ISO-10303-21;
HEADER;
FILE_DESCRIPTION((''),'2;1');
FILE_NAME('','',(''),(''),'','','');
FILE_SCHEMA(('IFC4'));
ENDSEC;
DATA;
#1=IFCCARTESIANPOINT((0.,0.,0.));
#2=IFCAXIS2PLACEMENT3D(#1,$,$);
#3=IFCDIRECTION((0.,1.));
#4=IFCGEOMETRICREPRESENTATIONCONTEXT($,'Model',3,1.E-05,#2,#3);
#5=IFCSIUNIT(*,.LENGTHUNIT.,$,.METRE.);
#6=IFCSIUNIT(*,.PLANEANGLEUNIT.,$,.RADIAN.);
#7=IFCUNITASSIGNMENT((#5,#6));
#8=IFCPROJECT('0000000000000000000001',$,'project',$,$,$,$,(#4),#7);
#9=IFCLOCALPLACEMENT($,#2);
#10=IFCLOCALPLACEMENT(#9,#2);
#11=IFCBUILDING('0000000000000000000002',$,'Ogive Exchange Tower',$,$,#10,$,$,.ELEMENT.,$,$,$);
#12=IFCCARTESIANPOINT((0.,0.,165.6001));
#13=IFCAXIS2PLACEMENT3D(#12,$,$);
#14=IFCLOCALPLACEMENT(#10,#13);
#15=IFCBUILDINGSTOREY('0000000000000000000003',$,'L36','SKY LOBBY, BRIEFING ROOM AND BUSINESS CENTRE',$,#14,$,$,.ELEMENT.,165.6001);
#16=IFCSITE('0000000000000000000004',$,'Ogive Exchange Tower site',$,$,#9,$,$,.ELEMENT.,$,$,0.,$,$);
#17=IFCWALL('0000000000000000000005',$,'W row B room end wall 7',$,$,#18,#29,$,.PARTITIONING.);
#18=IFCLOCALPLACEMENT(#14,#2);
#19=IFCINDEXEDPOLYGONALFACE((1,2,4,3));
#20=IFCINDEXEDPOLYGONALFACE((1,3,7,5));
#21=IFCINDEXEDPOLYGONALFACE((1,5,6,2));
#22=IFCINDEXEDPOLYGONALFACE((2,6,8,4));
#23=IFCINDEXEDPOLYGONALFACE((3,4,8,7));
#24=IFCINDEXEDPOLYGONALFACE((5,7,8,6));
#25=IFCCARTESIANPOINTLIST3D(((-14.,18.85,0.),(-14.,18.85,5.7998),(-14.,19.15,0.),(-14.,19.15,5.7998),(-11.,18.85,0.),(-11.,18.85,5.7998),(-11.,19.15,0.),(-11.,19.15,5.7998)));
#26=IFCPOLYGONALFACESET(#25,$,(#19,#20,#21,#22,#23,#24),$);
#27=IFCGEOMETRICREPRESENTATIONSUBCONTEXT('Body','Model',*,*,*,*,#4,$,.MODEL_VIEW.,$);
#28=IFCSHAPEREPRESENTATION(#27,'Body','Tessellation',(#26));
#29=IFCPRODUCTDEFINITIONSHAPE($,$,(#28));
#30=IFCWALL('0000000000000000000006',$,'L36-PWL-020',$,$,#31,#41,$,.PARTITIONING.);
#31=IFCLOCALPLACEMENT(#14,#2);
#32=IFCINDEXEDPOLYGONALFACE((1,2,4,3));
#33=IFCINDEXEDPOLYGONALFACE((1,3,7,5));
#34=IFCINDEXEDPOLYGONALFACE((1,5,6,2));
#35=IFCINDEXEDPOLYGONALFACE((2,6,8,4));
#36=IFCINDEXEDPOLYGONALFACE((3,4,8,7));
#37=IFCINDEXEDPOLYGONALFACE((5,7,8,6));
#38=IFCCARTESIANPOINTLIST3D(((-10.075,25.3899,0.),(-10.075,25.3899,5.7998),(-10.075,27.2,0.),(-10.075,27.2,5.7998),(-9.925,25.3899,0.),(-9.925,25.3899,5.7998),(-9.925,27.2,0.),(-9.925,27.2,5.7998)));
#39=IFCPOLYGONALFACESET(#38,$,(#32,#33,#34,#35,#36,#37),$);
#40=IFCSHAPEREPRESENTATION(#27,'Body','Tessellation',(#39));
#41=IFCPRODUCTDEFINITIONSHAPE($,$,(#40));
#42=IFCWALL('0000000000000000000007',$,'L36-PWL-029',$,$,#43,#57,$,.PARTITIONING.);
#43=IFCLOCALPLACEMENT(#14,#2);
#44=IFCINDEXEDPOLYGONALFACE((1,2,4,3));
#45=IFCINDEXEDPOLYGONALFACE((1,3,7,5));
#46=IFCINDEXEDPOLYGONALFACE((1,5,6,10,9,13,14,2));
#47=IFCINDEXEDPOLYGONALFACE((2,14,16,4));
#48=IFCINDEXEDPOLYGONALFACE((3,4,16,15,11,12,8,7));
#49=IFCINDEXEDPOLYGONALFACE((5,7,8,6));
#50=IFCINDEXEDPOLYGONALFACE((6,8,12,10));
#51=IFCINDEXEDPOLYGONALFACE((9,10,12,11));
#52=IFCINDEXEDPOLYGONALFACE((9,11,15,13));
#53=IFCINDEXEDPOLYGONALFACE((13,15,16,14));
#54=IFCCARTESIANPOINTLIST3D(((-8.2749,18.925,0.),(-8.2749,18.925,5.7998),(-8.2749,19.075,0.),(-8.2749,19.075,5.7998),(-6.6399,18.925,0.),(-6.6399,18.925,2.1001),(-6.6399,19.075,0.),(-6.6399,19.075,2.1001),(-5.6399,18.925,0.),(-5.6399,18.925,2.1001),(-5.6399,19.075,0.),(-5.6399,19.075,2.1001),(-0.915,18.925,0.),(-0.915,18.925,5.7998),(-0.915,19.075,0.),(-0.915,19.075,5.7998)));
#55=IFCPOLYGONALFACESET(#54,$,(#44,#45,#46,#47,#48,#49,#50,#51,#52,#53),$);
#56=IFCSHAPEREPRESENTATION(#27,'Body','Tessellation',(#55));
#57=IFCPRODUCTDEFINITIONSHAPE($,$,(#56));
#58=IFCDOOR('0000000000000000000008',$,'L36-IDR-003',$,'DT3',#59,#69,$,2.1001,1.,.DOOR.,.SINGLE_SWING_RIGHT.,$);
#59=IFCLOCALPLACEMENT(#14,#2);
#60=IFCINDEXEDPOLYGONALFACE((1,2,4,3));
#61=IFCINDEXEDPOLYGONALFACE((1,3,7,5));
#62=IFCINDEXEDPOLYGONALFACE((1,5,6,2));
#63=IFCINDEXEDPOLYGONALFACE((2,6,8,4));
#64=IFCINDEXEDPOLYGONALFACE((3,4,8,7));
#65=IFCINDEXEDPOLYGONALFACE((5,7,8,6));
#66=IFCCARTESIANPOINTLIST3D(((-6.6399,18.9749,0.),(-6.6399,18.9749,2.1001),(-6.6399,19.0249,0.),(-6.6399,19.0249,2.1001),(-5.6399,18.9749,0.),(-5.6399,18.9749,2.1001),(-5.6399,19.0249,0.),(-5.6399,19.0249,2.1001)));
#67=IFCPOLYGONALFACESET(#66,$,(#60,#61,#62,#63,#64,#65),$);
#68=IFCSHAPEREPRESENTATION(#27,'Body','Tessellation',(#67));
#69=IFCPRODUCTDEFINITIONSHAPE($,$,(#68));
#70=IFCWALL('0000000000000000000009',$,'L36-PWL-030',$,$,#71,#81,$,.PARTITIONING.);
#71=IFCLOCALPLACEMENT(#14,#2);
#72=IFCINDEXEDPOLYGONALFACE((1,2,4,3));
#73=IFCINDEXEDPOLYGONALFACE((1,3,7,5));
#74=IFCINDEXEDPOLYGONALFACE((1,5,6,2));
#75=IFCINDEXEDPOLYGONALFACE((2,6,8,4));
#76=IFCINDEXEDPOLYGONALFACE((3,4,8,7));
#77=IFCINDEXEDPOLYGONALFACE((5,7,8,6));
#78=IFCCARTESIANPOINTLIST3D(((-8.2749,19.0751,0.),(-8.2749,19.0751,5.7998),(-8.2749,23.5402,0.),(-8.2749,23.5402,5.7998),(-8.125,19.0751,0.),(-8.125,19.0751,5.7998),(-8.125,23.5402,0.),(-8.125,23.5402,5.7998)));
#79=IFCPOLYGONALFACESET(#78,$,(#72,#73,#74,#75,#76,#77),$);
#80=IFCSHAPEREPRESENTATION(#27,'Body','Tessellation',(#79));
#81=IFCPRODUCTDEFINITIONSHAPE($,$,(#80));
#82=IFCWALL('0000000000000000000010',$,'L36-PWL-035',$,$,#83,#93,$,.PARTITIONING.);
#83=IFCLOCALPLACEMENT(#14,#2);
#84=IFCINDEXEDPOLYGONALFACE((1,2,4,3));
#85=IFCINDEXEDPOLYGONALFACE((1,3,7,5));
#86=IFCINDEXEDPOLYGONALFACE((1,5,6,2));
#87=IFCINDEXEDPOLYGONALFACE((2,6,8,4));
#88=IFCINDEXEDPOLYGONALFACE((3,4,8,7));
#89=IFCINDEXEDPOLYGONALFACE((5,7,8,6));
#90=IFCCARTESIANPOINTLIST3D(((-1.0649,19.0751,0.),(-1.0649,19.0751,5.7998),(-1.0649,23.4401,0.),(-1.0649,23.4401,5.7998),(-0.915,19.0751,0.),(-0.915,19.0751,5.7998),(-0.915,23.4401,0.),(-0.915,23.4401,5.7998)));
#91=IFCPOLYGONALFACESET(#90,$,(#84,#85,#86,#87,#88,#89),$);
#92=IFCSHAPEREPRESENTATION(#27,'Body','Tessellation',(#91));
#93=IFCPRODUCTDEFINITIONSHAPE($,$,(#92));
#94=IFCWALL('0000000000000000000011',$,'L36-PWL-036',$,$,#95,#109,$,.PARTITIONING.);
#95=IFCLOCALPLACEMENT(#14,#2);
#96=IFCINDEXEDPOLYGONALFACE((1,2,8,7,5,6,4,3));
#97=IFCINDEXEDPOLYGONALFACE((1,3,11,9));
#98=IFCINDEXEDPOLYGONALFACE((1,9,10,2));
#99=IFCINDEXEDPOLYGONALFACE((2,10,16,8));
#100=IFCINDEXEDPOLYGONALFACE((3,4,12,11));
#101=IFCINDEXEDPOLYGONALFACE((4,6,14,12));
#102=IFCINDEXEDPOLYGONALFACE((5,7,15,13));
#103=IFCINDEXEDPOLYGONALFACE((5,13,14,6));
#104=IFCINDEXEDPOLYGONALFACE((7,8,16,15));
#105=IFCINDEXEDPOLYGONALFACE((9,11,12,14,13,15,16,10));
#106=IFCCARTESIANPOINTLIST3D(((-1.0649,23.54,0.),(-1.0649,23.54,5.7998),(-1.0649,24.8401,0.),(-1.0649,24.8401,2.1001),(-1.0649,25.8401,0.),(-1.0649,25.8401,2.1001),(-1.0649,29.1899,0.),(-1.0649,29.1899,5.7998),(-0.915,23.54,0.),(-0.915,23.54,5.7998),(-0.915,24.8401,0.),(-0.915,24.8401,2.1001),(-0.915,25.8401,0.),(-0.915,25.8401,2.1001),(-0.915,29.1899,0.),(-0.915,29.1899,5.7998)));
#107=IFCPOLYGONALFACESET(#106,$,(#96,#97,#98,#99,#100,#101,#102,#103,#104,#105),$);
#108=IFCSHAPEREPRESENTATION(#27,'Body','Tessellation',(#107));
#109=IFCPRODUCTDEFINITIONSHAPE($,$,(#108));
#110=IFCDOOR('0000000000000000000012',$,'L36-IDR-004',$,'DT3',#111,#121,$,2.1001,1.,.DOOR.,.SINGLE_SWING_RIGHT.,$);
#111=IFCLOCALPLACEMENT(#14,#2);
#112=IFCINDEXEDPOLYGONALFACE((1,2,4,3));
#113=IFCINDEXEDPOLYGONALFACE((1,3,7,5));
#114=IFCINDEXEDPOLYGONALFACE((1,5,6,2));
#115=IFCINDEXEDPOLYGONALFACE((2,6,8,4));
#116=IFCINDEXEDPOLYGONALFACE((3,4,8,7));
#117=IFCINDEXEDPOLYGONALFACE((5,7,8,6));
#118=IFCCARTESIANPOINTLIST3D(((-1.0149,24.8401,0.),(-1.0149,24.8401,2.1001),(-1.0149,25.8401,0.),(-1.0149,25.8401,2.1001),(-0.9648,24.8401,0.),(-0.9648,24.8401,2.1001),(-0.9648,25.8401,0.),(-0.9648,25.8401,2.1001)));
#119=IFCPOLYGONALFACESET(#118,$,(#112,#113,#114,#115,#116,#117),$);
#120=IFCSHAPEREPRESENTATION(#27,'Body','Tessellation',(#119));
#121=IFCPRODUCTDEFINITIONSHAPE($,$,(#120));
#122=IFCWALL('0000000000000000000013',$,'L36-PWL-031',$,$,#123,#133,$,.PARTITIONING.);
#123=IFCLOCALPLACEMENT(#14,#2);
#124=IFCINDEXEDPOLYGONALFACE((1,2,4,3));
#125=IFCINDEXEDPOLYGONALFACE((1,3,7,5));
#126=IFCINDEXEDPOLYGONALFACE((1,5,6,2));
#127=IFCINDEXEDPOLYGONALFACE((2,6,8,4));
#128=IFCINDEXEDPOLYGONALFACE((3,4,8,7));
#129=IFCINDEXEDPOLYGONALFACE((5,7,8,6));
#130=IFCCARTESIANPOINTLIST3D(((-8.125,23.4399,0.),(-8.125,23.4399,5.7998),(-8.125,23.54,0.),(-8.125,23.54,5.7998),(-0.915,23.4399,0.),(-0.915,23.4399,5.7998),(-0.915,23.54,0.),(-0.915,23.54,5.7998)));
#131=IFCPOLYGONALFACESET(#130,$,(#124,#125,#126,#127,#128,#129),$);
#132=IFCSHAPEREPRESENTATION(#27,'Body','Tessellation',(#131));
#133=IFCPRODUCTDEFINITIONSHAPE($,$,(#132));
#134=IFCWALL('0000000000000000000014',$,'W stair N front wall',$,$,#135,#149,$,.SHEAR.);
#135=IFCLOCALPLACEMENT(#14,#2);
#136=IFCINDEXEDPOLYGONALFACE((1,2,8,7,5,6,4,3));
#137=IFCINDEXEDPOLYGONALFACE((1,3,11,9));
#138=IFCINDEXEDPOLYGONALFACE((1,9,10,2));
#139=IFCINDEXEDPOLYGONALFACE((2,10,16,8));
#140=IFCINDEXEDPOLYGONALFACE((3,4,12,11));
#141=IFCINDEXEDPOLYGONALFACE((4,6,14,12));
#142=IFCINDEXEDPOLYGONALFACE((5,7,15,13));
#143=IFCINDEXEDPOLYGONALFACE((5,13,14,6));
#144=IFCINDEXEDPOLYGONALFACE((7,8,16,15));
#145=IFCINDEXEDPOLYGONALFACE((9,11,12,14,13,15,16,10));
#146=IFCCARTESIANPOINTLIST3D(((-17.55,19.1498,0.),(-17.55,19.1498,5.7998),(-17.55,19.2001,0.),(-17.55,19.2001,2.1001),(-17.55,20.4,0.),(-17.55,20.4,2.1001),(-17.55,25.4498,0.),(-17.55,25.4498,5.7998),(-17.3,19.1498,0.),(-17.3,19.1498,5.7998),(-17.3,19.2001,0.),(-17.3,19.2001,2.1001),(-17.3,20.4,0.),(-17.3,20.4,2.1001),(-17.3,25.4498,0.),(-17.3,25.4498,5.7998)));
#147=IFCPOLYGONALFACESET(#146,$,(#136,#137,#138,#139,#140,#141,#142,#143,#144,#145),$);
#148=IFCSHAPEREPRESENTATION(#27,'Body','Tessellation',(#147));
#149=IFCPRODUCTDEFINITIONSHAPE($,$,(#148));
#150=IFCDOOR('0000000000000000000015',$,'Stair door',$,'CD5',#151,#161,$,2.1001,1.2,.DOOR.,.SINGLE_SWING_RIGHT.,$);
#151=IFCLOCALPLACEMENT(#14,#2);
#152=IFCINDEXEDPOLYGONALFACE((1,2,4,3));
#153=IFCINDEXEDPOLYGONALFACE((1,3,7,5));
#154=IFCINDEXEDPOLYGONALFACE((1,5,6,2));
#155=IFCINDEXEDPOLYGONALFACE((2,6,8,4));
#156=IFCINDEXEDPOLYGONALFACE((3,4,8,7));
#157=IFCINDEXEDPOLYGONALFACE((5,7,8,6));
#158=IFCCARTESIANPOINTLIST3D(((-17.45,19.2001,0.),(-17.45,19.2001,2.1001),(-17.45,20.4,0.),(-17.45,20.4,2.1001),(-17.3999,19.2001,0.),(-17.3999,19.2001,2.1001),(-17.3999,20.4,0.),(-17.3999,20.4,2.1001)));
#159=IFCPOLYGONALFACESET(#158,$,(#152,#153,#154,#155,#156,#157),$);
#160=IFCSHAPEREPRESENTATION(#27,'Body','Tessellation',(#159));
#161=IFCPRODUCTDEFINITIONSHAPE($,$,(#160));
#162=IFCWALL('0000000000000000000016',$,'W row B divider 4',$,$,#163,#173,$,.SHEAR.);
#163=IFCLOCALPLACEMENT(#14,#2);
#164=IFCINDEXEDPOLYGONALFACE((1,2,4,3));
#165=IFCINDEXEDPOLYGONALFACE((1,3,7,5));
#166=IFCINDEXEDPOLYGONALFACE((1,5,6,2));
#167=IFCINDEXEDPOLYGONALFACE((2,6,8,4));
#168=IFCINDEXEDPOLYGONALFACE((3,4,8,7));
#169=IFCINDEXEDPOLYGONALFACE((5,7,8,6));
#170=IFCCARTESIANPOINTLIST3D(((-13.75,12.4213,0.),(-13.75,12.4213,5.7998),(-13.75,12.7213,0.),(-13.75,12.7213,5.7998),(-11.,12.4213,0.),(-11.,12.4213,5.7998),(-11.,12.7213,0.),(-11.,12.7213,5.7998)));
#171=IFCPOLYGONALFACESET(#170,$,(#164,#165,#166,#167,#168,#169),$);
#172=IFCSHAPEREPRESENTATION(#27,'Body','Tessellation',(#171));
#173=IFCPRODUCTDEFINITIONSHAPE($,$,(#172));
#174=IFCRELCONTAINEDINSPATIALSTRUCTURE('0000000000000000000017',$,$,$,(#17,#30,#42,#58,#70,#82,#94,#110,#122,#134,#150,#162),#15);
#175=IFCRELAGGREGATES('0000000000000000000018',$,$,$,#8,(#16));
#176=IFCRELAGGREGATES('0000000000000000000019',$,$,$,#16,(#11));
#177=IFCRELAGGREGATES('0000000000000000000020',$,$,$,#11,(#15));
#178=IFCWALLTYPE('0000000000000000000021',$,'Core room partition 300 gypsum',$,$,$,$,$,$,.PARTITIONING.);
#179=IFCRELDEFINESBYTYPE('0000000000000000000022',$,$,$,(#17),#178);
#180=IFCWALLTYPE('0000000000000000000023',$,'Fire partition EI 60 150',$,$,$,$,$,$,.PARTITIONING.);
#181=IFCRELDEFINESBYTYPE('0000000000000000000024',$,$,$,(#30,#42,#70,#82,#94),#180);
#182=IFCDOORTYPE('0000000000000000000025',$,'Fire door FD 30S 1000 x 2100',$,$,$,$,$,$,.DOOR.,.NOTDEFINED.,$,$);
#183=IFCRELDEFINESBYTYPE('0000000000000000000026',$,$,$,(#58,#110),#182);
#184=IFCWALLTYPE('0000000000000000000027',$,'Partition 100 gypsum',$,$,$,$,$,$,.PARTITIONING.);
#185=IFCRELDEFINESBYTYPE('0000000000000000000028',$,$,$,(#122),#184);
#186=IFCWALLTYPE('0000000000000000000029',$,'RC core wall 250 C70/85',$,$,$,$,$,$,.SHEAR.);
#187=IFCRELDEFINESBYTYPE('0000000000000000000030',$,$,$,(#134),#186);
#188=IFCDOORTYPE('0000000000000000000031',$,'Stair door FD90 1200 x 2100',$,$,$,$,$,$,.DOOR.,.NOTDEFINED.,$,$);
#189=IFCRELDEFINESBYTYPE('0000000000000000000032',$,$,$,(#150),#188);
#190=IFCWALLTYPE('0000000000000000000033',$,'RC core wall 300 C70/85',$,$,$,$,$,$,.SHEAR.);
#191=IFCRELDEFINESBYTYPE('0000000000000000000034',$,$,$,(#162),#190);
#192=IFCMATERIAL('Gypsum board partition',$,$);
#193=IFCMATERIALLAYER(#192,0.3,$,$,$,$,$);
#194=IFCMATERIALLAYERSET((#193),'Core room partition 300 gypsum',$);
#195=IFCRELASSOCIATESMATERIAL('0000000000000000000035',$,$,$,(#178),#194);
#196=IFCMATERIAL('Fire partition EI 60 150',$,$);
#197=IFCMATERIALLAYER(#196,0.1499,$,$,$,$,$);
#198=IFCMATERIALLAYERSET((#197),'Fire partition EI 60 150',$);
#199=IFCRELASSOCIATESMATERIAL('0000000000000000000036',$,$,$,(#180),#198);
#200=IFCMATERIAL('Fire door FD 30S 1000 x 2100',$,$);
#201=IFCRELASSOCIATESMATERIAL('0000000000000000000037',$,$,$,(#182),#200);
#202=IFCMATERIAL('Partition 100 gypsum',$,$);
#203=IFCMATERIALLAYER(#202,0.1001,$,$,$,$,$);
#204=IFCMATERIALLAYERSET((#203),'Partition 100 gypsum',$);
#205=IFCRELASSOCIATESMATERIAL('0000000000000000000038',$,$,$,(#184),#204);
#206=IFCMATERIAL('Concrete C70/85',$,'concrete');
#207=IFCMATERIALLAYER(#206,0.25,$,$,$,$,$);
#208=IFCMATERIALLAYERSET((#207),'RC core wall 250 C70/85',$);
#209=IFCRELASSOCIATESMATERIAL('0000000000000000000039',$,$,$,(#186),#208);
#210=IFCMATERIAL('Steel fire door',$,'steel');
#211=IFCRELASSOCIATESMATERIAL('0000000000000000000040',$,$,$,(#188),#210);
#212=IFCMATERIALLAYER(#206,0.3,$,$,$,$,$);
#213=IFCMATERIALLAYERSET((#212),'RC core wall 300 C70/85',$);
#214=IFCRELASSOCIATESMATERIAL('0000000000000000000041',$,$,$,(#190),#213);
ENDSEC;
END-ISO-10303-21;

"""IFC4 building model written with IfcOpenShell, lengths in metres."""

from ifc_helpers import new_model, si_unit, direction, frame, frame_2d, origin, place, context, subcontext, project, spatial, rectangle, extrude, material, layer, layer_set, type_object, element, fill, save


model = new_model("IFC4")

# Units and contexts
model_context = context("Model", 3, precision=1e-05, world=origin(), true_north=direction((0.0, 1.0)))
body_context = subcontext(model_context, "Body", "Model", "MODEL_VIEW")
ifc_project = project(units=[si_unit("LENGTHUNIT", "METRE"), si_unit("PLANEANGLEUNIT", "RADIAN")], contexts=[model_context])

# Site, building, storey
site_placement = place(None, origin())
site = spatial("IfcSite", under=ifc_project, at=site_placement, Name="Ogive Exchange Tower site", CompositionType="ELEMENT", RefElevation=0.0)
building_placement = place(site_placement, origin())
building = spatial("IfcBuilding", under=site, at=building_placement, Name="Ogive Exchange Tower", CompositionType="ELEMENT")
storey_placement = place(building_placement, frame((0.0, 0.0, 165.6001)))
storey = spatial("IfcBuildingStorey", under=building, at=storey_placement, Name="L36", Description="SKY LOBBY, BRIEFING ROOM AND BUSINESS CENTRE", CompositionType="ELEMENT", Elevation=165.6001)

# Walls
ifc_material_1 = material(Name="Gypsum board partition")
ifc_layer_1 = layer(ifc_material_1, 0.3)
ifc_layer_set_1 = layer_set([ifc_layer_1], Name="Core room partition 300 gypsum")
wall_type_1 = type_object("IfcWallType", Name="Core room partition 300 gypsum", PredefinedType="PARTITIONING", material=ifc_layer_set_1)
wall_1_placement = place(storey_placement, frame((-14.0, 19.0, 0.0), z_axis=(0.0, 0.0, 1.0), x_axis=(1.0, 0.0, 0.0)))
element("IfcWall", 1, at=wall_1_placement, inside=storey, type_object=wall_type_1, Name="W row B room end wall 7", PredefinedType="PARTITIONING", context=body_context, shape_type="SweptSolid", body=[
    extrude(rectangle(XDim=3.0, YDim=0.3, at=frame_2d((1.5, 0.0))), origin(), (0.0, 0.0, 1.0), 5.7998),
])
ifc_material_2 = material(Name="Fire partition EI 60 150")
ifc_layer_2 = layer(ifc_material_2, 0.1499)
ifc_layer_set_2 = layer_set([ifc_layer_2], Name="Fire partition EI 60 150")
wall_type_2 = type_object("IfcWallType", Name="Fire partition EI 60 150", PredefinedType="PARTITIONING", material=ifc_layer_set_2)
wall_2_placement = place(storey_placement, frame((-10.0, 25.3899, 0.0), z_axis=(0.0, 0.0, 1.0), x_axis=(0.0, 1.0, 0.0)))
element("IfcWall", 2, at=wall_2_placement, inside=storey, type_object=wall_type_2, Name="L36-PWL-020", PredefinedType="PARTITIONING", context=body_context, shape_type="SweptSolid", body=[
    extrude(rectangle(XDim=1.8101, YDim=0.1499, at=frame_2d((0.905, 0.0))), origin(), (0.0, 0.0, 1.0), 5.7998),
])

# Wall, opening, door
wall_3_placement = place(storey_placement, frame((-8.2749, 19.0, 0.0), z_axis=(0.0, 0.0, 1.0), x_axis=(1.0, 0.0, 0.0)))
wall_3 = element("IfcWall", 3, at=wall_3_placement, inside=storey, type_object=wall_type_2, Name="L36-PWL-029", PredefinedType="PARTITIONING", context=body_context, shape_type="SweptSolid", body=[
    extrude(rectangle(XDim=7.3599, YDim=0.1499, at=frame_2d((3.6799, 0.0))), origin(), (0.0, 0.0, 1.0), 5.7998),
])
opening_1_placement = place(wall_3_placement, frame((1.635, 0.0, 0.0)))
opening_1 = element("IfcOpeningElement", 4, at=opening_1_placement, cuts=wall_3, PredefinedType="OPENING", context=body_context, shape_type="SweptSolid", body=[
    extrude(rectangle(XDim=1.0, YDim=2.1001, at=frame_2d((0.5, 1.05))), frame((0.0, 0.085, 0.0), z_axis=(0.0, -1.0, 0.0), x_axis=(1.0, 0.0, 0.0)), (0.0, 0.0, 1.0), 0.1699),
])
ifc_material_3 = material(Name="Fire door FD 30S 1000 x 2100")
door_type_1 = type_object("IfcDoorType", Name="Fire door FD 30S 1000 x 2100", OperationType="NOTDEFINED", PredefinedType="DOOR", material=ifc_material_3)
door_1_placement = place(opening_1_placement, origin())
door_1 = element("IfcDoor", 5, at=door_1_placement, inside=storey, type_object=door_type_1, Name="L36-IDR-003", ObjectType="DT3", OperationType="SINGLE_SWING_RIGHT", OverallHeight=2.1001, OverallWidth=1.0, PredefinedType="DOOR", context=body_context, shape_type="SweptSolid", body=[
    extrude(rectangle(XDim=1.0, YDim=2.1001, at=frame_2d((0.5, 1.05))), frame((0.0, 0.0249, 0.0), z_axis=(0.0, -1.0, 0.0), x_axis=(1.0, 0.0, 0.0)), (0.0, 0.0, 1.0), 0.05),
])
fill(opening_1, door_1)

# Walls
wall_4_placement = place(storey_placement, frame((-8.2, 23.54, 0.0), z_axis=(0.0, 0.0, 1.0), x_axis=(0.0, -1.0, 0.0)))
element("IfcWall", 6, at=wall_4_placement, inside=storey, type_object=wall_type_2, Name="L36-PWL-030", PredefinedType="PARTITIONING", context=body_context, shape_type="SweptSolid", body=[
    extrude(rectangle(XDim=4.4651, YDim=0.1499, at=frame_2d((2.2324, 0.0))), origin(), (0.0, 0.0, 1.0), 5.7998),
])
wall_5_placement = place(storey_placement, frame((-0.99, 19.075, 0.0), z_axis=(0.0, 0.0, 1.0), x_axis=(0.0, 1.0, 0.0)))
element("IfcWall", 7, at=wall_5_placement, inside=storey, type_object=wall_type_2, Name="L36-PWL-035", PredefinedType="PARTITIONING", context=body_context, shape_type="SweptSolid", body=[
    extrude(rectangle(XDim=4.365, YDim=0.1499, at=frame_2d((2.1826, 0.0))), origin(), (0.0, 0.0, 1.0), 5.7998),
])

# Wall, opening, door
wall_6_placement = place(storey_placement, frame((-0.99, 23.54, 0.0), z_axis=(0.0, 0.0, 1.0), x_axis=(0.0, 1.0, 0.0)))
wall_6 = element("IfcWall", 8, at=wall_6_placement, inside=storey, type_object=wall_type_2, Name="L36-PWL-036", PredefinedType="PARTITIONING", context=body_context, shape_type="SweptSolid", body=[
    extrude(rectangle(XDim=5.6499, YDim=0.1499, at=frame_2d((2.825, 0.0))), origin(), (0.0, 0.0, 1.0), 5.7998),
])
opening_2_placement = place(wall_6_placement, frame((1.3, 0.0, 0.0)))
opening_2 = element("IfcOpeningElement", 9, at=opening_2_placement, cuts=wall_6, PredefinedType="OPENING", context=body_context, shape_type="SweptSolid", body=[
    extrude(rectangle(XDim=1.0, YDim=2.1001, at=frame_2d((0.5, 1.05))), frame((0.0, 0.085, 0.0), z_axis=(0.0, -1.0, 0.0), x_axis=(1.0, 0.0, 0.0)), (0.0, 0.0, 1.0), 0.1699),
])
door_2_placement = place(opening_2_placement, origin())
door_2 = element("IfcDoor", 10, at=door_2_placement, inside=storey, type_object=door_type_1, Name="L36-IDR-004", ObjectType="DT3", OperationType="SINGLE_SWING_RIGHT", OverallHeight=2.1001, OverallWidth=1.0, PredefinedType="DOOR", context=body_context, shape_type="SweptSolid", body=[
    extrude(rectangle(XDim=1.0, YDim=2.1001, at=frame_2d((0.5, 1.05))), frame((0.0, 0.0249, 0.0), z_axis=(0.0, -1.0, 0.0), x_axis=(1.0, 0.0, 0.0)), (0.0, 0.0, 1.0), 0.05),
])
fill(opening_2, door_2)

# Wall
ifc_material_4 = material(Name="Partition 100 gypsum")
ifc_layer_3 = layer(ifc_material_4, 0.1001)
ifc_layer_set_3 = layer_set([ifc_layer_3], Name="Partition 100 gypsum")
wall_type_3 = type_object("IfcWallType", Name="Partition 100 gypsum", PredefinedType="PARTITIONING", material=ifc_layer_set_3)
wall_7_placement = place(storey_placement, frame((-8.125, 23.49, 0.0), z_axis=(0.0, 0.0, 1.0), x_axis=(1.0, 0.0, 0.0)))
element("IfcWall", 11, at=wall_7_placement, inside=storey, type_object=wall_type_3, Name="L36-PWL-031", PredefinedType="PARTITIONING", context=body_context, shape_type="SweptSolid", body=[
    extrude(rectangle(XDim=7.21, YDim=0.1001, at=frame_2d((3.605, 0.0))), origin(), (0.0, 0.0, 1.0), 5.7998),
])

# Wall, opening, door
ifc_material_5 = material(Name="Concrete C70/85", Category="concrete")
ifc_layer_4 = layer(ifc_material_5, 0.25)
ifc_layer_set_4 = layer_set([ifc_layer_4], Name="RC core wall 250 C70/85")
wall_type_4 = type_object("IfcWallType", Name="RC core wall 250 C70/85", PredefinedType="SHEAR", material=ifc_layer_set_4)
wall_8_placement = place(storey_placement, frame((-17.425, 19.1499, 0.0), z_axis=(0.0, 0.0, 1.0), x_axis=(0.0, 1.0, 0.0)))
wall_8 = element("IfcWall", 12, at=wall_8_placement, inside=storey, type_object=wall_type_4, Name="W stair N front wall", PredefinedType="SHEAR", context=body_context, shape_type="SweptSolid", body=[
    extrude(rectangle(XDim=6.3, YDim=0.25, at=frame_2d((3.1499, 0.0))), origin(), (0.0, 0.0, 1.0), 5.7998),
])
opening_3_placement = place(wall_8_placement, frame((0.05, 0.0, 0.0)))
opening_3 = element("IfcOpeningElement", 13, at=opening_3_placement, cuts=wall_8, PredefinedType="OPENING", context=body_context, shape_type="SweptSolid", body=[
    extrude(rectangle(XDim=1.2, YDim=2.1001, at=frame_2d((0.6001, 1.05))), frame((0.0, 0.135, 0.0), z_axis=(0.0, -1.0, 0.0), x_axis=(1.0, 0.0, 0.0)), (0.0, 0.0, 1.0), 0.27),
])
ifc_material_6 = material(Name="Steel fire door", Category="steel")
door_type_2 = type_object("IfcDoorType", Name="Stair door FD90 1200 x 2100", OperationType="NOTDEFINED", PredefinedType="DOOR", material=ifc_material_6)
door_3_placement = place(opening_3_placement, origin())
door_3 = element("IfcDoor", 14, at=door_3_placement, inside=storey, type_object=door_type_2, Name="Stair door", ObjectType="CD5", OperationType="SINGLE_SWING_RIGHT", OverallHeight=2.1001, OverallWidth=1.2, PredefinedType="DOOR", context=body_context, shape_type="SweptSolid", body=[
    extrude(rectangle(XDim=1.2, YDim=2.1001, at=frame_2d((0.6001, 1.05))), frame((0.0, 0.0249, 0.0), z_axis=(0.0, -1.0, 0.0), x_axis=(1.0, 0.0, 0.0)), (0.0, 0.0, 1.0), 0.05),
])
fill(opening_3, door_3)

# Wall
ifc_layer_5 = layer(ifc_material_5, 0.3)
ifc_layer_set_5 = layer_set([ifc_layer_5], Name="RC core wall 300 C70/85")
wall_type_5 = type_object("IfcWallType", Name="RC core wall 300 C70/85", PredefinedType="SHEAR", material=ifc_layer_set_5)
wall_9_placement = place(storey_placement, frame((-13.75, 12.5713, 0.0), z_axis=(0.0, 0.0, 1.0), x_axis=(1.0, 0.0, 0.0)))
element("IfcWall", 15, at=wall_9_placement, inside=storey, type_object=wall_type_5, Name="W row B divider 4", PredefinedType="SHEAR", context=body_context, shape_type="SweptSolid", body=[
    extrude(rectangle(XDim=2.75, YDim=0.3, at=frame_2d((1.375, 0.0))), origin(), (0.0, 0.0, 1.0), 5.7998),
])

save(model, "model.ifc")
